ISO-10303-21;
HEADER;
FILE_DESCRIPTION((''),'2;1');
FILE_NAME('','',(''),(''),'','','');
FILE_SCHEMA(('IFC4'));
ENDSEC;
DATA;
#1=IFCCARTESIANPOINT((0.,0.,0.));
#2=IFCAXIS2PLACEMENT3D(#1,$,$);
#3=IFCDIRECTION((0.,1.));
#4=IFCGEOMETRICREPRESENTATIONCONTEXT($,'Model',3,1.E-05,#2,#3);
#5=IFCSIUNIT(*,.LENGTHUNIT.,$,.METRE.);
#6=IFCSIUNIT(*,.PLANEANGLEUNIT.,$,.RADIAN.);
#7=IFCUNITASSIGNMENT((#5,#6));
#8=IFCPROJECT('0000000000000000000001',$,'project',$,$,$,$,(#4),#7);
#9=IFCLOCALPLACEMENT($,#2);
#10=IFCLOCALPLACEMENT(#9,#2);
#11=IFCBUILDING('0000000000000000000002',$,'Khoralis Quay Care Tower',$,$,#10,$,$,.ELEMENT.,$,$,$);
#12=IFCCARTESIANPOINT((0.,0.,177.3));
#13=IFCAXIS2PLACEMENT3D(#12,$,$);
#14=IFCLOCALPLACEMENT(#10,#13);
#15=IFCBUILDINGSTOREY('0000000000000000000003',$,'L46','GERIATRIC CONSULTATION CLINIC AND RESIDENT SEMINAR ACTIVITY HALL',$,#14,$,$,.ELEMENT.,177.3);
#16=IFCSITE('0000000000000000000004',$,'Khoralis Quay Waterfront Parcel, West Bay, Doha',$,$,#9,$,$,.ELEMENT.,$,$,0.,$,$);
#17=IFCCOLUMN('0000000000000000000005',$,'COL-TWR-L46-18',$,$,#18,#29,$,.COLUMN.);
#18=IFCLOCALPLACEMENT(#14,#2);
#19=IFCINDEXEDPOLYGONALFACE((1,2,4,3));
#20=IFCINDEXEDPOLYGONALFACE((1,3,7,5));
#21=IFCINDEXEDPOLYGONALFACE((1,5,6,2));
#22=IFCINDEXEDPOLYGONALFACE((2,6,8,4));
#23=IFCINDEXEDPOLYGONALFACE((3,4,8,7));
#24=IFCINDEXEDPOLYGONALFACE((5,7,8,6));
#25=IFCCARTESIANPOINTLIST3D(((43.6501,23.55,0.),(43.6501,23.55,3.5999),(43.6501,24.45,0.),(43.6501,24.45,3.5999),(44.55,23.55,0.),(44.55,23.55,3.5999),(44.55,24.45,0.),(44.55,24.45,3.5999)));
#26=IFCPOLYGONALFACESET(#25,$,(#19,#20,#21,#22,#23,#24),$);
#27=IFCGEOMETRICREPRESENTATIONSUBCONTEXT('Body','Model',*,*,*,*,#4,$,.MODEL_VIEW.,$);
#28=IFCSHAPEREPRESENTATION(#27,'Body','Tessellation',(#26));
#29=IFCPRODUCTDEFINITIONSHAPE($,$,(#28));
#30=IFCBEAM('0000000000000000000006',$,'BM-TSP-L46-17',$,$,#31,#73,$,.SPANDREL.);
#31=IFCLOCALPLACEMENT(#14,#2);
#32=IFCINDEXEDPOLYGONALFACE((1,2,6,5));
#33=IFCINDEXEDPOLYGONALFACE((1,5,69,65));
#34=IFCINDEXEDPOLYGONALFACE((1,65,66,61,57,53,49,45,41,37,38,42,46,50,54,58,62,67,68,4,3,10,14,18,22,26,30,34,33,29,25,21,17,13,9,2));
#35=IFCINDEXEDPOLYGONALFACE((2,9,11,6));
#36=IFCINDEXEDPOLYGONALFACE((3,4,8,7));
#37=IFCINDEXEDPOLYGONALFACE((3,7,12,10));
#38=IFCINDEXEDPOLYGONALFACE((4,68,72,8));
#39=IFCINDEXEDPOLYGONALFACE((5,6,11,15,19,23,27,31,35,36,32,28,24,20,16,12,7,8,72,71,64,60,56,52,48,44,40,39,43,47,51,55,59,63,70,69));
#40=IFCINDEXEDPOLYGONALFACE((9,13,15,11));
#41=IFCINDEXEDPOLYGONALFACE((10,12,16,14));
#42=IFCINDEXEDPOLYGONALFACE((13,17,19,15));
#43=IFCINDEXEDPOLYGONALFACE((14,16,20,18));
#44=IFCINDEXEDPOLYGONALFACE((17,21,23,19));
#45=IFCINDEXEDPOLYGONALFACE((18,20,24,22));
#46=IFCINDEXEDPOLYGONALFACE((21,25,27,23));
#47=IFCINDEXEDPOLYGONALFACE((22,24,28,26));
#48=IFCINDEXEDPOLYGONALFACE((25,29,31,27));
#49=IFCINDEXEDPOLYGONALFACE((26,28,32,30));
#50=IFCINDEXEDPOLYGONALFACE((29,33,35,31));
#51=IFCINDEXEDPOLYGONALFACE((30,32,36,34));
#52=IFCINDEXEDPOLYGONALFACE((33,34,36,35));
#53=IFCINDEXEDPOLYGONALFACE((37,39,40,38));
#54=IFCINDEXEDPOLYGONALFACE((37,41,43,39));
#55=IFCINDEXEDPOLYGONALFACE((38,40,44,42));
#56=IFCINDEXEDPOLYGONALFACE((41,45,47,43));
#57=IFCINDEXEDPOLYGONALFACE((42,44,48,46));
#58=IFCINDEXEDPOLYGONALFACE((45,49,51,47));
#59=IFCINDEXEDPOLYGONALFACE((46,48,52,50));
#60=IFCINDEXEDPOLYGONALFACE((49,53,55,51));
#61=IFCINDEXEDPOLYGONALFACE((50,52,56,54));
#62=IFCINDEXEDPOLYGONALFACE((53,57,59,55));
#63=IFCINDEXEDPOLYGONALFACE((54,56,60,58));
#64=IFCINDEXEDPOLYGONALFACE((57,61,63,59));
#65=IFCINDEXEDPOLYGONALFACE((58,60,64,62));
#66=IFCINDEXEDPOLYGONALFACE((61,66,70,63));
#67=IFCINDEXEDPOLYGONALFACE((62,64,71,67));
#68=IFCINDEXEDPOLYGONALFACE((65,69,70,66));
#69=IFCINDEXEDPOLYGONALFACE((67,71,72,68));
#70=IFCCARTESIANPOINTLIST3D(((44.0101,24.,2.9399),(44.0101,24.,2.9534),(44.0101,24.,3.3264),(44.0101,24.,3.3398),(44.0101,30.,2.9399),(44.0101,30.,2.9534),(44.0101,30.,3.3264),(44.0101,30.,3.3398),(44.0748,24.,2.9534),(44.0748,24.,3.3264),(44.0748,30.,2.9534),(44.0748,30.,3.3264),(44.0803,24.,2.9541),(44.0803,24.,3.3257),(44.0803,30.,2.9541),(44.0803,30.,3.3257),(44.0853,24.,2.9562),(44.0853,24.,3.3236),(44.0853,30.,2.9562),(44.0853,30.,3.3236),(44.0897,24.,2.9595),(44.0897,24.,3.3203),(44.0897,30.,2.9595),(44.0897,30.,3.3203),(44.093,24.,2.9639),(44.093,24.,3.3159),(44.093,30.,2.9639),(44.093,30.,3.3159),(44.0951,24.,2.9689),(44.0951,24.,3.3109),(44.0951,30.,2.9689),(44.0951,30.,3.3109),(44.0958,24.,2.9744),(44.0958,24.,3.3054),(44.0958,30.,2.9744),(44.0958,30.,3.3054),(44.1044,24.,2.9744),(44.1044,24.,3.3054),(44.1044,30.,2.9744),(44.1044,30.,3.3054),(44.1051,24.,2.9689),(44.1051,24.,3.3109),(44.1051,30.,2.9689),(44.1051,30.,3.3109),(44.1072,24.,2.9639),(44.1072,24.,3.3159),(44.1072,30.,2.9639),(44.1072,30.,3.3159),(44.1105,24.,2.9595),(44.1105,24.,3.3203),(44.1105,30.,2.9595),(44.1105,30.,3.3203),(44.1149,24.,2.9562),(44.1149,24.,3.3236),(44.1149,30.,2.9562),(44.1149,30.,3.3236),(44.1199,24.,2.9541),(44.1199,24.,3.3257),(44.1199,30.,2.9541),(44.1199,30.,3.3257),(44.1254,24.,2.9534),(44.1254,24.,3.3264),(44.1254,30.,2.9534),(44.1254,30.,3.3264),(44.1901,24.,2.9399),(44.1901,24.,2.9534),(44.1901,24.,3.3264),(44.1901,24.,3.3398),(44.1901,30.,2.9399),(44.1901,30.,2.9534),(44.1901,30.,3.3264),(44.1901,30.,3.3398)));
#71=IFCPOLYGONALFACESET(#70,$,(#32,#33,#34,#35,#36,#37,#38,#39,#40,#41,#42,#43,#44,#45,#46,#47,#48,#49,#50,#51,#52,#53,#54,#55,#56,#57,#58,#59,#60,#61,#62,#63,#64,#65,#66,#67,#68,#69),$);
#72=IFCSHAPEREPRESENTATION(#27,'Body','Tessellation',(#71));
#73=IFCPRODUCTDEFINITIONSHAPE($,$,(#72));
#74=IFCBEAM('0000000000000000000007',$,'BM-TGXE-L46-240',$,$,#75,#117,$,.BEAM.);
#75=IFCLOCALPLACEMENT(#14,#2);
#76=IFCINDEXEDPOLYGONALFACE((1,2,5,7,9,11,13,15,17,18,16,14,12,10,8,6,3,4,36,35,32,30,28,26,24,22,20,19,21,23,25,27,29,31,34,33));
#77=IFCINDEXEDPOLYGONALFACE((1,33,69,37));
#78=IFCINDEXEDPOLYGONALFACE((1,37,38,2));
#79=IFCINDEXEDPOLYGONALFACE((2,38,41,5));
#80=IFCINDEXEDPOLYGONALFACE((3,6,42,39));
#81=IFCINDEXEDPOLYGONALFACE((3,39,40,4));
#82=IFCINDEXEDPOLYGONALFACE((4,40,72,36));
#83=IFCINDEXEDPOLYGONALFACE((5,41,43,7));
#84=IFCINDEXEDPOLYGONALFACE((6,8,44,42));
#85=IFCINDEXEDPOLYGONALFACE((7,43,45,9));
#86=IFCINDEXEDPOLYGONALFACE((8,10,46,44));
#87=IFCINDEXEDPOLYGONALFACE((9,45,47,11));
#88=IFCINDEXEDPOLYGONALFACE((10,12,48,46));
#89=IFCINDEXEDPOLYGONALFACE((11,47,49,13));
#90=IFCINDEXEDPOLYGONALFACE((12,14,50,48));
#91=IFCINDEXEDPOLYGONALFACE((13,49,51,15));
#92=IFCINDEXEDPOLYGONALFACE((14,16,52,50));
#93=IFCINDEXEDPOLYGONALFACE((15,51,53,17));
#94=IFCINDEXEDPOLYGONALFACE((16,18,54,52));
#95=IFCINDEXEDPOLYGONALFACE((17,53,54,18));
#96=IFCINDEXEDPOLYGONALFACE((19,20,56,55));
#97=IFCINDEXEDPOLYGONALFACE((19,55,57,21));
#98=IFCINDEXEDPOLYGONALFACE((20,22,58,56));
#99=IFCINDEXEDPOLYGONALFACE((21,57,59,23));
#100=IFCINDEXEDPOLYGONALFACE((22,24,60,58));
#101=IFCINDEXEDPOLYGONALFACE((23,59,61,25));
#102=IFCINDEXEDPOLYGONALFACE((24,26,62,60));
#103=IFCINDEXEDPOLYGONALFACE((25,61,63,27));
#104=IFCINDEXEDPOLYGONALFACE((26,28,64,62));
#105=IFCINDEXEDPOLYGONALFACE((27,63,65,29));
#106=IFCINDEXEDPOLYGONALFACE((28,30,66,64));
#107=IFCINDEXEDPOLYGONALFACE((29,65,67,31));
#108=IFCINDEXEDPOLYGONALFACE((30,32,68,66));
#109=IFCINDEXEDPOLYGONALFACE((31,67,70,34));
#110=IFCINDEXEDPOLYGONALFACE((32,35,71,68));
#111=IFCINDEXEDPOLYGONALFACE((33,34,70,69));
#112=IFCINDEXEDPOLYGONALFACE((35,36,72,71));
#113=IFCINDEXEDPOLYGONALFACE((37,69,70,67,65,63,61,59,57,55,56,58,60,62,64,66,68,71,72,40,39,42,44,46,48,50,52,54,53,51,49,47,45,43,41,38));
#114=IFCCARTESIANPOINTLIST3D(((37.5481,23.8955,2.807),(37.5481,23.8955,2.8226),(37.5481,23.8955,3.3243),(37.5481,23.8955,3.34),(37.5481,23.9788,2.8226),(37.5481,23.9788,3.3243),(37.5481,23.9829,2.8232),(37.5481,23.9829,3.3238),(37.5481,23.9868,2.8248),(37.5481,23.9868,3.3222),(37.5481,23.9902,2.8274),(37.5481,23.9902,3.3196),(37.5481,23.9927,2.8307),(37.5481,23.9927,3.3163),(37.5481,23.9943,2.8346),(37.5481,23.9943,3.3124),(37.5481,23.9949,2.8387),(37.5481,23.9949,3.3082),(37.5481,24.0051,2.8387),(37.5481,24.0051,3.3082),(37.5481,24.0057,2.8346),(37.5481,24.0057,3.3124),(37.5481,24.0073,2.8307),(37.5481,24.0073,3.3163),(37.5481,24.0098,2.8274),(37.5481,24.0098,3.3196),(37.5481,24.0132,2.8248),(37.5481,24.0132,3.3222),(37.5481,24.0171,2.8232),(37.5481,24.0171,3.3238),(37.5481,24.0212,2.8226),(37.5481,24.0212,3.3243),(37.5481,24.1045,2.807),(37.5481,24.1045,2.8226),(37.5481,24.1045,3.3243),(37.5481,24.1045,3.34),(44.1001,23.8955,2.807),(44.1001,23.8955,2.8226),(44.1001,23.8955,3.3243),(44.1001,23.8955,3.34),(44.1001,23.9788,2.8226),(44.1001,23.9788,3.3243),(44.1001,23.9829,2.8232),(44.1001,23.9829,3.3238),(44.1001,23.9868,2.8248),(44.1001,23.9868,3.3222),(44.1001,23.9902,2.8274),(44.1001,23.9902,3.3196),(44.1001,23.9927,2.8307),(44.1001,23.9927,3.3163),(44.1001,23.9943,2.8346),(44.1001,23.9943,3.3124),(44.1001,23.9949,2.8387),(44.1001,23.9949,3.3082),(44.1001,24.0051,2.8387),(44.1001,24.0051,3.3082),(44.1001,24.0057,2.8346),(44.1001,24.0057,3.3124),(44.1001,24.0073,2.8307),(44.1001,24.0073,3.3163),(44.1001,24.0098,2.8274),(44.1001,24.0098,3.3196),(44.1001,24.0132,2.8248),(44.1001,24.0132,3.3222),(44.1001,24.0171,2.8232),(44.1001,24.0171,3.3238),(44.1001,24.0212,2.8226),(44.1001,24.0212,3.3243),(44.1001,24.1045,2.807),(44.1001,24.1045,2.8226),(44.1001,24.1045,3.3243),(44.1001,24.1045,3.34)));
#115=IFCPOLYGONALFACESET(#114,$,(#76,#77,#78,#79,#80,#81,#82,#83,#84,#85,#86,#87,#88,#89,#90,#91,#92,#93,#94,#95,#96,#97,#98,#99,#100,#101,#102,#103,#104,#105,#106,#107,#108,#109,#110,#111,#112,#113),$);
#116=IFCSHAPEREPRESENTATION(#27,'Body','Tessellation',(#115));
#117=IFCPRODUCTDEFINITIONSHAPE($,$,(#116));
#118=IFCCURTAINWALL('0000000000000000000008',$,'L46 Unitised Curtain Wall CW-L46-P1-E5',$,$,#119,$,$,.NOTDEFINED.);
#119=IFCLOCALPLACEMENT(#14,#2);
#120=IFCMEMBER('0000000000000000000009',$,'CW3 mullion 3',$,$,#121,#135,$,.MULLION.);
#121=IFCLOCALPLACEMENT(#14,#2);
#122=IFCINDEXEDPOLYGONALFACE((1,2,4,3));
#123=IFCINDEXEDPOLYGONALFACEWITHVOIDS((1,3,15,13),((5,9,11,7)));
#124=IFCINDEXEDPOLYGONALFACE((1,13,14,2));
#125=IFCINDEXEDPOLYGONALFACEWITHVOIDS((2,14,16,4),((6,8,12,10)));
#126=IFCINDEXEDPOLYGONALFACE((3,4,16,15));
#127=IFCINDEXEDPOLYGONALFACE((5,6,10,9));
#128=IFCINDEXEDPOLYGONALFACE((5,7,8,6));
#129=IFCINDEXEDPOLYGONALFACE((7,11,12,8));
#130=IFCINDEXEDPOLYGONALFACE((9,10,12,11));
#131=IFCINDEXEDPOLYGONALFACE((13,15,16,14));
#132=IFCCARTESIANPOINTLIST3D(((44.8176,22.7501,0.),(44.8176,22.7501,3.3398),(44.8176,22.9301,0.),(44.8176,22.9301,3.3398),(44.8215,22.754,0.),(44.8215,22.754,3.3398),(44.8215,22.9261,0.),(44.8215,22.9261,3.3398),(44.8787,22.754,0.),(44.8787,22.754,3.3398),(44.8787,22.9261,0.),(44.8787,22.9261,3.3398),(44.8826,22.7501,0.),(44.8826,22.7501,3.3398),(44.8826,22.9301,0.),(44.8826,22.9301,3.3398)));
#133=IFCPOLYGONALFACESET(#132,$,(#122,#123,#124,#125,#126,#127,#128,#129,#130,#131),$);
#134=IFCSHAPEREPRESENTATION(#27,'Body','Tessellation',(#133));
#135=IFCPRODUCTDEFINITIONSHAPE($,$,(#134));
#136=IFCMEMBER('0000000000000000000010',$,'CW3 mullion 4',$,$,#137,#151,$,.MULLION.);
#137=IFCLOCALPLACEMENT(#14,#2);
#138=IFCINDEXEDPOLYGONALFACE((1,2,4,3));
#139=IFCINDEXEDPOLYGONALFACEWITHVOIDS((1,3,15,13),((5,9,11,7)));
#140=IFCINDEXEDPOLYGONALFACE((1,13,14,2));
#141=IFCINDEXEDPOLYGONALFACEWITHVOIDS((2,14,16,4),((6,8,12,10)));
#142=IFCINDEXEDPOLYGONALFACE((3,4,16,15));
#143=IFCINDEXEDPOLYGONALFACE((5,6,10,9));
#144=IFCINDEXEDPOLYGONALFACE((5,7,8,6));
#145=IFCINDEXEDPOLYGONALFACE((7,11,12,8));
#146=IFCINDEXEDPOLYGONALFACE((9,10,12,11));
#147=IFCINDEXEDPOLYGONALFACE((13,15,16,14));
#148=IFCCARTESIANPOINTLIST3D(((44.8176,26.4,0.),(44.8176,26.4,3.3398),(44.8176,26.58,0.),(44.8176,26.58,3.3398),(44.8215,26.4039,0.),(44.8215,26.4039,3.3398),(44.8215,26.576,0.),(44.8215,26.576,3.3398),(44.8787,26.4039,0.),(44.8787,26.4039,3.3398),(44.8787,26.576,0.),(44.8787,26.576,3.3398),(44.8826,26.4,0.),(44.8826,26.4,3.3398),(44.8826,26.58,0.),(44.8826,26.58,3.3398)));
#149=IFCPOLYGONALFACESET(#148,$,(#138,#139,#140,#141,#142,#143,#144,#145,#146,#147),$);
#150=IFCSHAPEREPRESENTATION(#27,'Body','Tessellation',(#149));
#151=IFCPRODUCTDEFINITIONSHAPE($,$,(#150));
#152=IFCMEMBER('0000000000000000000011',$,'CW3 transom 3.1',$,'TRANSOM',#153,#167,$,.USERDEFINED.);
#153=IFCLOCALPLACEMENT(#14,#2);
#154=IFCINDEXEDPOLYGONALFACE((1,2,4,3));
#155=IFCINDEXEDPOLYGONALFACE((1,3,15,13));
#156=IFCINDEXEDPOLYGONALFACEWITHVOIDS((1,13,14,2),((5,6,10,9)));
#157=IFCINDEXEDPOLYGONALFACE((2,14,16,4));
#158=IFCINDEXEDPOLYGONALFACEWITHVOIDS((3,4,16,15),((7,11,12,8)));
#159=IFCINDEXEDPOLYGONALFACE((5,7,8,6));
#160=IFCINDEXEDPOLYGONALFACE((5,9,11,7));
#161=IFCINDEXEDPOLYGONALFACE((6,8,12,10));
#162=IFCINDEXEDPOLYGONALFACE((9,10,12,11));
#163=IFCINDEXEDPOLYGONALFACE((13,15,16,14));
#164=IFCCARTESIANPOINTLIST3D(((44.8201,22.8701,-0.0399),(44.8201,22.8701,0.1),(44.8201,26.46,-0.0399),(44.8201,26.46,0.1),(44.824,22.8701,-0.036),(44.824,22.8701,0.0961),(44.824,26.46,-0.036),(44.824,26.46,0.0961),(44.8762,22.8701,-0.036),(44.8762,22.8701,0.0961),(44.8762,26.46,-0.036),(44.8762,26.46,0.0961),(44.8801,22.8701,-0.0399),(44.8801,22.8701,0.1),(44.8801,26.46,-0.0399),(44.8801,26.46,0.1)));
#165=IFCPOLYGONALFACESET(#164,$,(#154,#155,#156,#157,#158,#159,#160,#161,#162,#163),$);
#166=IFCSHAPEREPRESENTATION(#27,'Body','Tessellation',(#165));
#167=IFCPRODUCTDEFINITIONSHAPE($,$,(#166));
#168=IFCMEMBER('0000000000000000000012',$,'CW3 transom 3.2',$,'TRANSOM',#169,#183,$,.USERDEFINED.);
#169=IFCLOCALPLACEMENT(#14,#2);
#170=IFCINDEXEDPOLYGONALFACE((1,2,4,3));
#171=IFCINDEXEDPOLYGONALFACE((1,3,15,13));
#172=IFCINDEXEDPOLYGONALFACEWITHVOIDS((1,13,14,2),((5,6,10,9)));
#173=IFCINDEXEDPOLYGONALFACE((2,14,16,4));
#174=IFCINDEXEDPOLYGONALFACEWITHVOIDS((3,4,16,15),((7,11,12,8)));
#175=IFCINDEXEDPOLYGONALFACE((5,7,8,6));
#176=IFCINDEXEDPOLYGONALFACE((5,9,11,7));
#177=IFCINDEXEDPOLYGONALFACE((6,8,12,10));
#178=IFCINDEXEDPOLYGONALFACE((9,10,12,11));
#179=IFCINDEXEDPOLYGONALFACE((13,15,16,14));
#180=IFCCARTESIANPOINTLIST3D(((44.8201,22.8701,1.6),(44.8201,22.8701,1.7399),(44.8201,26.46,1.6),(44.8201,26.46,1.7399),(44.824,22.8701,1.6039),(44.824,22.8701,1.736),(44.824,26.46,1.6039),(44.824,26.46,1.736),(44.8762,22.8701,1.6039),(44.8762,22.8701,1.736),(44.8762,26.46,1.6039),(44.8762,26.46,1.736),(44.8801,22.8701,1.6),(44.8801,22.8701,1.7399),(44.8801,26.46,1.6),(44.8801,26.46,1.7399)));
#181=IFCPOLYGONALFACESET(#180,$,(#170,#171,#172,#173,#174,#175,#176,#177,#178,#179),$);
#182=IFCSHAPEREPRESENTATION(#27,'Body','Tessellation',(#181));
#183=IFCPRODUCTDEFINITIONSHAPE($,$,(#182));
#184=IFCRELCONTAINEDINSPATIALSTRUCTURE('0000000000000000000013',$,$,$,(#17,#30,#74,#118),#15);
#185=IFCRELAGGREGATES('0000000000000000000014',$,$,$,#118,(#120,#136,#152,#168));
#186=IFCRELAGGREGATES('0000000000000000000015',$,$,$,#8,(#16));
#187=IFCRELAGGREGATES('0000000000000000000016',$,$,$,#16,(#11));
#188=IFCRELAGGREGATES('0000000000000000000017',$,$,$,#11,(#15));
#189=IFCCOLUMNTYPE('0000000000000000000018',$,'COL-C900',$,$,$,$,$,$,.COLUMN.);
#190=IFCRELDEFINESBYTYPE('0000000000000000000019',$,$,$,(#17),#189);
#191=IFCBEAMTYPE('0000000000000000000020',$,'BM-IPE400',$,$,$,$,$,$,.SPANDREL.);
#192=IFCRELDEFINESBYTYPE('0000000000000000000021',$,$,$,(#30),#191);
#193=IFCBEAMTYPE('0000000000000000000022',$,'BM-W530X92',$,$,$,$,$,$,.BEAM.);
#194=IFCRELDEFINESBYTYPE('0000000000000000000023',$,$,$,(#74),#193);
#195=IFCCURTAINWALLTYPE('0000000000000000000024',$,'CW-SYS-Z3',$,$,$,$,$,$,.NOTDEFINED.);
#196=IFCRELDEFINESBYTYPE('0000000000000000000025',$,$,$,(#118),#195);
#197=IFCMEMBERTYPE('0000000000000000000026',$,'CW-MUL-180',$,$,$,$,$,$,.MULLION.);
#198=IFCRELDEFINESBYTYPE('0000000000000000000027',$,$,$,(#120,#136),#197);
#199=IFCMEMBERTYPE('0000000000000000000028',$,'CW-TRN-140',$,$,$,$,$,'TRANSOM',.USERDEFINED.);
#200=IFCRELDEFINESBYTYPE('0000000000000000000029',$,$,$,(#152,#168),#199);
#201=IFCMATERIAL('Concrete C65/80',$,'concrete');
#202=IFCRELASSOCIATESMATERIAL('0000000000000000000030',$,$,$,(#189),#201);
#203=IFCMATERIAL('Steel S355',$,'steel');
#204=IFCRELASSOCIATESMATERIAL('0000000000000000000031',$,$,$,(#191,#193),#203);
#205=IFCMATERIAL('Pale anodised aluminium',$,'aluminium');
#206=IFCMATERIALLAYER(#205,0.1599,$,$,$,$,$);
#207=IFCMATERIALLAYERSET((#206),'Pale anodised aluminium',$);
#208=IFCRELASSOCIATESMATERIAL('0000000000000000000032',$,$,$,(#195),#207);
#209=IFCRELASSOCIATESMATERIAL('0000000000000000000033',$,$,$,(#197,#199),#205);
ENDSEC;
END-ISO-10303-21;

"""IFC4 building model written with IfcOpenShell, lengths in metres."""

from ifc_helpers import new_model, si_unit, direction, frame, origin, origin_2d, place, context, subcontext, project, spatial, rectangle, hollow_rectangle, i_section, extrude, source, transform, mapped, material, layer, layer_set, material_profile, profile_set, type_object, element, aggregate, save


model = new_model("IFC4")

# Units and contexts
model_context = context("Model", 3, precision=1e-05, world=origin(), true_north=direction((0.0, 1.0)))
body_context = subcontext(model_context, "Body", "Model", "MODEL_VIEW")
ifc_project = project(units=[si_unit("LENGTHUNIT", "METRE"), si_unit("PLANEANGLEUNIT", "RADIAN")], contexts=[model_context])

# Site, building, storey
site_placement = place(None, origin())
site = spatial("IfcSite", under=ifc_project, at=site_placement, Name="Khoralis Quay Waterfront Parcel, West Bay, Doha", CompositionType="ELEMENT", RefElevation=0.0)
building_placement = place(site_placement, origin())
building = spatial("IfcBuilding", under=site, at=building_placement, Name="Khoralis Quay Care Tower", CompositionType="ELEMENT")
storey_placement = place(building_placement, frame((0.0, 0.0, 177.3)))
storey = spatial("IfcBuildingStorey", under=building, at=storey_placement, Name="L46", Description="GERIATRIC CONSULTATION CLINIC AND RESIDENT SEMINAR ACTIVITY HALL", CompositionType="ELEMENT", Elevation=177.3)

# Column
ifc_material_1 = material(Name="Concrete C65/80", Category="concrete")
ifc_material_profile_1 = material_profile(ifc_material_1, rectangle(XDim=0.8999, YDim=0.8999, at=origin_2d()), Name="Concrete C65/80")
ifc_profile_set_1 = profile_set([ifc_material_profile_1], Name="Concrete C65/80")
column_type = type_object("IfcColumnType", Name="COL-C900", PredefinedType="COLUMN", material=ifc_profile_set_1)
shared_shape_1 = source(origin(), body_context, "Body", "SweptSolid", [
    extrude(rectangle(XDim=0.8999, YDim=0.8999, at=origin_2d()), origin(), (0.0, 0.0, 1.0), 3.5999),
])
column_placement = place(storey_placement, frame((44.1001, 24.0, 0.0), z_axis=(0.0, 0.0, 1.0), x_axis=(1.0, 0.0, 0.0)))
element("IfcColumn", 1, at=column_placement, inside=storey, type_object=column_type, Name="COL-TWR-L46-18", PredefinedType="COLUMN", context=body_context, shape_type="MappedRepresentation", body=[
    mapped(shared_shape_1, transform((0.0, 0.0, 0.0), scale=1.0)),
])

# Beams
ifc_material_2 = material(Name="Steel S355", Category="steel")
ifc_material_profile_2 = material_profile(ifc_material_2, i_section(OverallWidth=0.1799, OverallDepth=0.3999, WebThickness=0.0085, FlangeThickness=0.0134, FilletRadius=0.021, at=origin_2d()), Name="Steel S355")
ifc_profile_set_2 = profile_set([ifc_material_profile_2], Name="Steel S355")
beam_type_1 = type_object("IfcBeamType", Name="BM-IPE400", PredefinedType="SPANDREL", material=ifc_profile_set_2)
shared_shape_2 = source(origin(), body_context, "Body", "SweptSolid", [
    extrude(i_section(OverallWidth=0.1799, OverallDepth=0.3999, WebThickness=0.0085, FlangeThickness=0.0134, FilletRadius=0.021, at=origin_2d()), origin(), (0.0, 0.0, 1.0), 6.0),
])
beam_1_placement = place(storey_placement, frame((44.1001, 24.0, 3.1399), z_axis=(0.0, 1.0, 0.0), x_axis=(-1.0, 0.0, 0.0)))
element("IfcBeam", 2, at=beam_1_placement, inside=storey, type_object=beam_type_1, Name="BM-TSP-L46-17", PredefinedType="SPANDREL", context=body_context, shape_type="MappedRepresentation", body=[
    mapped(shared_shape_2, transform((0.0, 0.0, 0.0), scale=1.0)),
])
ifc_material_profile_3 = material_profile(ifc_material_2, i_section(OverallWidth=0.209, OverallDepth=0.533, WebThickness=0.0103, FlangeThickness=0.0156, FilletRadius=0.0161, at=origin_2d()), Name="Steel S355")
ifc_profile_set_3 = profile_set([ifc_material_profile_3], Name="Steel S355")
beam_type_2 = type_object("IfcBeamType", Name="BM-W530X92", PredefinedType="BEAM", material=ifc_profile_set_3)
shared_shape_3 = source(origin(), body_context, "Body", "SweptSolid", [
    extrude(i_section(OverallWidth=0.209, OverallDepth=0.533, WebThickness=0.0103, FlangeThickness=0.0156, FilletRadius=0.0161, at=origin_2d()), origin(), (0.0, 0.0, 1.0), 6.552),
])
beam_2_placement = place(storey_placement, frame((37.5481, 24.0, 3.0735), z_axis=(1.0, 0.0, 0.0), x_axis=(0.0, 1.0, 0.0)))
element("IfcBeam", 3, at=beam_2_placement, inside=storey, type_object=beam_type_2, Name="BM-TGXE-L46-240", PredefinedType="BEAM", context=body_context, shape_type="MappedRepresentation", body=[
    mapped(shared_shape_3, transform((0.0, 0.0, 0.0), scale=1.0)),
])

# Curtain wall, members
ifc_material_3 = material(Name="Pale anodised aluminium", Category="aluminium")
ifc_layer_1 = layer(ifc_material_3, 0.1599)
ifc_layer_set_1 = layer_set([ifc_layer_1], Name="Pale anodised aluminium")
curtain_wall_type = type_object("IfcCurtainWallType", Name="CW-SYS-Z3", PredefinedType="NOTDEFINED", material=ifc_layer_set_1)
curtain_wall_placement = place(storey_placement, origin())
curtain_wall = element("IfcCurtainWall", 4, at=curtain_wall_placement, inside=storey, type_object=curtain_wall_type, Name="L46 Unitised Curtain Wall CW-L46-P1-E5", PredefinedType="NOTDEFINED")
ifc_material_profile_4 = material_profile(ifc_material_3, hollow_rectangle(XDim=0.0649, YDim=0.1799, WallThickness=0.0039, at=origin_2d()), Name="Pale anodised aluminium")
ifc_profile_set_4 = profile_set([ifc_material_profile_4], Name="Pale anodised aluminium")
member_type_1 = type_object("IfcMemberType", Name="CW-MUL-180", PredefinedType="MULLION", material=ifc_profile_set_4)
shared_shape_4 = source(origin(), body_context, "Body", "SweptSolid", [
    extrude(hollow_rectangle(XDim=0.0649, YDim=0.1799, WallThickness=0.0039, at=origin_2d()), origin(), (0.0, 0.0, 1.0), 3.3398),
])
member_1_placement = place(storey_placement, frame((44.8501, 22.8401, 0.0), z_axis=(0.0, 0.0, 1.0), x_axis=(-1.0, 0.0, 0.0)))
member_1 = element("IfcMember", 5, at=member_1_placement, type_object=member_type_1, Name="CW3 mullion 3", PredefinedType="MULLION", context=body_context, shape_type="MappedRepresentation", body=[
    mapped(shared_shape_4, transform((0.0, 0.0, 0.0), scale=1.0)),
])
member_2_placement = place(storey_placement, frame((44.8501, 26.49, 0.0), z_axis=(0.0, 0.0, 1.0), x_axis=(-1.0, 0.0, 0.0)))
member_2 = element("IfcMember", 6, at=member_2_placement, type_object=member_type_1, Name="CW3 mullion 4", PredefinedType="MULLION", context=body_context, shape_type="MappedRepresentation", body=[
    mapped(shared_shape_4, transform((0.0, 0.0, 0.0), scale=1.0)),
])
ifc_material_profile_5 = material_profile(ifc_material_3, hollow_rectangle(XDim=0.0601, YDim=0.1399, WallThickness=0.0039, at=origin_2d()), Name="Pale anodised aluminium")
ifc_profile_set_5 = profile_set([ifc_material_profile_5], Name="Pale anodised aluminium")
member_type_2 = type_object("IfcMemberType", Name="CW-TRN-140", ElementType="TRANSOM", PredefinedType="USERDEFINED", material=ifc_profile_set_5)
shared_shape_5 = source(origin(), body_context, "Body", "SweptSolid", [
    extrude(hollow_rectangle(XDim=0.0601, YDim=0.1399, WallThickness=0.0039, at=origin_2d()), origin(), (0.0, 0.0, 1.0), 3.5898),
])
member_3_placement = place(storey_placement, frame((44.8501, 22.8701, 0.03), z_axis=(0.0, 1.0, 0.0), x_axis=(-1.0, 0.0, 0.0)))
member_3 = element("IfcMember", 7, at=member_3_placement, type_object=member_type_2, Name="CW3 transom 3.1", ObjectType="TRANSOM", PredefinedType="USERDEFINED", context=body_context, shape_type="MappedRepresentation", body=[
    mapped(shared_shape_5, transform((0.0, 0.0, 0.0), scale=1.0)),
])
member_4_placement = place(storey_placement, frame((44.8501, 22.8701, 1.6699), z_axis=(0.0, 1.0, 0.0), x_axis=(-1.0, 0.0, 0.0)))
member_4 = element("IfcMember", 8, at=member_4_placement, type_object=member_type_2, Name="CW3 transom 3.2", ObjectType="TRANSOM", PredefinedType="USERDEFINED", context=body_context, shape_type="MappedRepresentation", body=[
    mapped(shared_shape_5, transform((0.0, 0.0, 0.0), scale=1.0)),
])
aggregate(curtain_wall, [member_1, member_2, member_3, member_4])

save(model, "model.ifc")
